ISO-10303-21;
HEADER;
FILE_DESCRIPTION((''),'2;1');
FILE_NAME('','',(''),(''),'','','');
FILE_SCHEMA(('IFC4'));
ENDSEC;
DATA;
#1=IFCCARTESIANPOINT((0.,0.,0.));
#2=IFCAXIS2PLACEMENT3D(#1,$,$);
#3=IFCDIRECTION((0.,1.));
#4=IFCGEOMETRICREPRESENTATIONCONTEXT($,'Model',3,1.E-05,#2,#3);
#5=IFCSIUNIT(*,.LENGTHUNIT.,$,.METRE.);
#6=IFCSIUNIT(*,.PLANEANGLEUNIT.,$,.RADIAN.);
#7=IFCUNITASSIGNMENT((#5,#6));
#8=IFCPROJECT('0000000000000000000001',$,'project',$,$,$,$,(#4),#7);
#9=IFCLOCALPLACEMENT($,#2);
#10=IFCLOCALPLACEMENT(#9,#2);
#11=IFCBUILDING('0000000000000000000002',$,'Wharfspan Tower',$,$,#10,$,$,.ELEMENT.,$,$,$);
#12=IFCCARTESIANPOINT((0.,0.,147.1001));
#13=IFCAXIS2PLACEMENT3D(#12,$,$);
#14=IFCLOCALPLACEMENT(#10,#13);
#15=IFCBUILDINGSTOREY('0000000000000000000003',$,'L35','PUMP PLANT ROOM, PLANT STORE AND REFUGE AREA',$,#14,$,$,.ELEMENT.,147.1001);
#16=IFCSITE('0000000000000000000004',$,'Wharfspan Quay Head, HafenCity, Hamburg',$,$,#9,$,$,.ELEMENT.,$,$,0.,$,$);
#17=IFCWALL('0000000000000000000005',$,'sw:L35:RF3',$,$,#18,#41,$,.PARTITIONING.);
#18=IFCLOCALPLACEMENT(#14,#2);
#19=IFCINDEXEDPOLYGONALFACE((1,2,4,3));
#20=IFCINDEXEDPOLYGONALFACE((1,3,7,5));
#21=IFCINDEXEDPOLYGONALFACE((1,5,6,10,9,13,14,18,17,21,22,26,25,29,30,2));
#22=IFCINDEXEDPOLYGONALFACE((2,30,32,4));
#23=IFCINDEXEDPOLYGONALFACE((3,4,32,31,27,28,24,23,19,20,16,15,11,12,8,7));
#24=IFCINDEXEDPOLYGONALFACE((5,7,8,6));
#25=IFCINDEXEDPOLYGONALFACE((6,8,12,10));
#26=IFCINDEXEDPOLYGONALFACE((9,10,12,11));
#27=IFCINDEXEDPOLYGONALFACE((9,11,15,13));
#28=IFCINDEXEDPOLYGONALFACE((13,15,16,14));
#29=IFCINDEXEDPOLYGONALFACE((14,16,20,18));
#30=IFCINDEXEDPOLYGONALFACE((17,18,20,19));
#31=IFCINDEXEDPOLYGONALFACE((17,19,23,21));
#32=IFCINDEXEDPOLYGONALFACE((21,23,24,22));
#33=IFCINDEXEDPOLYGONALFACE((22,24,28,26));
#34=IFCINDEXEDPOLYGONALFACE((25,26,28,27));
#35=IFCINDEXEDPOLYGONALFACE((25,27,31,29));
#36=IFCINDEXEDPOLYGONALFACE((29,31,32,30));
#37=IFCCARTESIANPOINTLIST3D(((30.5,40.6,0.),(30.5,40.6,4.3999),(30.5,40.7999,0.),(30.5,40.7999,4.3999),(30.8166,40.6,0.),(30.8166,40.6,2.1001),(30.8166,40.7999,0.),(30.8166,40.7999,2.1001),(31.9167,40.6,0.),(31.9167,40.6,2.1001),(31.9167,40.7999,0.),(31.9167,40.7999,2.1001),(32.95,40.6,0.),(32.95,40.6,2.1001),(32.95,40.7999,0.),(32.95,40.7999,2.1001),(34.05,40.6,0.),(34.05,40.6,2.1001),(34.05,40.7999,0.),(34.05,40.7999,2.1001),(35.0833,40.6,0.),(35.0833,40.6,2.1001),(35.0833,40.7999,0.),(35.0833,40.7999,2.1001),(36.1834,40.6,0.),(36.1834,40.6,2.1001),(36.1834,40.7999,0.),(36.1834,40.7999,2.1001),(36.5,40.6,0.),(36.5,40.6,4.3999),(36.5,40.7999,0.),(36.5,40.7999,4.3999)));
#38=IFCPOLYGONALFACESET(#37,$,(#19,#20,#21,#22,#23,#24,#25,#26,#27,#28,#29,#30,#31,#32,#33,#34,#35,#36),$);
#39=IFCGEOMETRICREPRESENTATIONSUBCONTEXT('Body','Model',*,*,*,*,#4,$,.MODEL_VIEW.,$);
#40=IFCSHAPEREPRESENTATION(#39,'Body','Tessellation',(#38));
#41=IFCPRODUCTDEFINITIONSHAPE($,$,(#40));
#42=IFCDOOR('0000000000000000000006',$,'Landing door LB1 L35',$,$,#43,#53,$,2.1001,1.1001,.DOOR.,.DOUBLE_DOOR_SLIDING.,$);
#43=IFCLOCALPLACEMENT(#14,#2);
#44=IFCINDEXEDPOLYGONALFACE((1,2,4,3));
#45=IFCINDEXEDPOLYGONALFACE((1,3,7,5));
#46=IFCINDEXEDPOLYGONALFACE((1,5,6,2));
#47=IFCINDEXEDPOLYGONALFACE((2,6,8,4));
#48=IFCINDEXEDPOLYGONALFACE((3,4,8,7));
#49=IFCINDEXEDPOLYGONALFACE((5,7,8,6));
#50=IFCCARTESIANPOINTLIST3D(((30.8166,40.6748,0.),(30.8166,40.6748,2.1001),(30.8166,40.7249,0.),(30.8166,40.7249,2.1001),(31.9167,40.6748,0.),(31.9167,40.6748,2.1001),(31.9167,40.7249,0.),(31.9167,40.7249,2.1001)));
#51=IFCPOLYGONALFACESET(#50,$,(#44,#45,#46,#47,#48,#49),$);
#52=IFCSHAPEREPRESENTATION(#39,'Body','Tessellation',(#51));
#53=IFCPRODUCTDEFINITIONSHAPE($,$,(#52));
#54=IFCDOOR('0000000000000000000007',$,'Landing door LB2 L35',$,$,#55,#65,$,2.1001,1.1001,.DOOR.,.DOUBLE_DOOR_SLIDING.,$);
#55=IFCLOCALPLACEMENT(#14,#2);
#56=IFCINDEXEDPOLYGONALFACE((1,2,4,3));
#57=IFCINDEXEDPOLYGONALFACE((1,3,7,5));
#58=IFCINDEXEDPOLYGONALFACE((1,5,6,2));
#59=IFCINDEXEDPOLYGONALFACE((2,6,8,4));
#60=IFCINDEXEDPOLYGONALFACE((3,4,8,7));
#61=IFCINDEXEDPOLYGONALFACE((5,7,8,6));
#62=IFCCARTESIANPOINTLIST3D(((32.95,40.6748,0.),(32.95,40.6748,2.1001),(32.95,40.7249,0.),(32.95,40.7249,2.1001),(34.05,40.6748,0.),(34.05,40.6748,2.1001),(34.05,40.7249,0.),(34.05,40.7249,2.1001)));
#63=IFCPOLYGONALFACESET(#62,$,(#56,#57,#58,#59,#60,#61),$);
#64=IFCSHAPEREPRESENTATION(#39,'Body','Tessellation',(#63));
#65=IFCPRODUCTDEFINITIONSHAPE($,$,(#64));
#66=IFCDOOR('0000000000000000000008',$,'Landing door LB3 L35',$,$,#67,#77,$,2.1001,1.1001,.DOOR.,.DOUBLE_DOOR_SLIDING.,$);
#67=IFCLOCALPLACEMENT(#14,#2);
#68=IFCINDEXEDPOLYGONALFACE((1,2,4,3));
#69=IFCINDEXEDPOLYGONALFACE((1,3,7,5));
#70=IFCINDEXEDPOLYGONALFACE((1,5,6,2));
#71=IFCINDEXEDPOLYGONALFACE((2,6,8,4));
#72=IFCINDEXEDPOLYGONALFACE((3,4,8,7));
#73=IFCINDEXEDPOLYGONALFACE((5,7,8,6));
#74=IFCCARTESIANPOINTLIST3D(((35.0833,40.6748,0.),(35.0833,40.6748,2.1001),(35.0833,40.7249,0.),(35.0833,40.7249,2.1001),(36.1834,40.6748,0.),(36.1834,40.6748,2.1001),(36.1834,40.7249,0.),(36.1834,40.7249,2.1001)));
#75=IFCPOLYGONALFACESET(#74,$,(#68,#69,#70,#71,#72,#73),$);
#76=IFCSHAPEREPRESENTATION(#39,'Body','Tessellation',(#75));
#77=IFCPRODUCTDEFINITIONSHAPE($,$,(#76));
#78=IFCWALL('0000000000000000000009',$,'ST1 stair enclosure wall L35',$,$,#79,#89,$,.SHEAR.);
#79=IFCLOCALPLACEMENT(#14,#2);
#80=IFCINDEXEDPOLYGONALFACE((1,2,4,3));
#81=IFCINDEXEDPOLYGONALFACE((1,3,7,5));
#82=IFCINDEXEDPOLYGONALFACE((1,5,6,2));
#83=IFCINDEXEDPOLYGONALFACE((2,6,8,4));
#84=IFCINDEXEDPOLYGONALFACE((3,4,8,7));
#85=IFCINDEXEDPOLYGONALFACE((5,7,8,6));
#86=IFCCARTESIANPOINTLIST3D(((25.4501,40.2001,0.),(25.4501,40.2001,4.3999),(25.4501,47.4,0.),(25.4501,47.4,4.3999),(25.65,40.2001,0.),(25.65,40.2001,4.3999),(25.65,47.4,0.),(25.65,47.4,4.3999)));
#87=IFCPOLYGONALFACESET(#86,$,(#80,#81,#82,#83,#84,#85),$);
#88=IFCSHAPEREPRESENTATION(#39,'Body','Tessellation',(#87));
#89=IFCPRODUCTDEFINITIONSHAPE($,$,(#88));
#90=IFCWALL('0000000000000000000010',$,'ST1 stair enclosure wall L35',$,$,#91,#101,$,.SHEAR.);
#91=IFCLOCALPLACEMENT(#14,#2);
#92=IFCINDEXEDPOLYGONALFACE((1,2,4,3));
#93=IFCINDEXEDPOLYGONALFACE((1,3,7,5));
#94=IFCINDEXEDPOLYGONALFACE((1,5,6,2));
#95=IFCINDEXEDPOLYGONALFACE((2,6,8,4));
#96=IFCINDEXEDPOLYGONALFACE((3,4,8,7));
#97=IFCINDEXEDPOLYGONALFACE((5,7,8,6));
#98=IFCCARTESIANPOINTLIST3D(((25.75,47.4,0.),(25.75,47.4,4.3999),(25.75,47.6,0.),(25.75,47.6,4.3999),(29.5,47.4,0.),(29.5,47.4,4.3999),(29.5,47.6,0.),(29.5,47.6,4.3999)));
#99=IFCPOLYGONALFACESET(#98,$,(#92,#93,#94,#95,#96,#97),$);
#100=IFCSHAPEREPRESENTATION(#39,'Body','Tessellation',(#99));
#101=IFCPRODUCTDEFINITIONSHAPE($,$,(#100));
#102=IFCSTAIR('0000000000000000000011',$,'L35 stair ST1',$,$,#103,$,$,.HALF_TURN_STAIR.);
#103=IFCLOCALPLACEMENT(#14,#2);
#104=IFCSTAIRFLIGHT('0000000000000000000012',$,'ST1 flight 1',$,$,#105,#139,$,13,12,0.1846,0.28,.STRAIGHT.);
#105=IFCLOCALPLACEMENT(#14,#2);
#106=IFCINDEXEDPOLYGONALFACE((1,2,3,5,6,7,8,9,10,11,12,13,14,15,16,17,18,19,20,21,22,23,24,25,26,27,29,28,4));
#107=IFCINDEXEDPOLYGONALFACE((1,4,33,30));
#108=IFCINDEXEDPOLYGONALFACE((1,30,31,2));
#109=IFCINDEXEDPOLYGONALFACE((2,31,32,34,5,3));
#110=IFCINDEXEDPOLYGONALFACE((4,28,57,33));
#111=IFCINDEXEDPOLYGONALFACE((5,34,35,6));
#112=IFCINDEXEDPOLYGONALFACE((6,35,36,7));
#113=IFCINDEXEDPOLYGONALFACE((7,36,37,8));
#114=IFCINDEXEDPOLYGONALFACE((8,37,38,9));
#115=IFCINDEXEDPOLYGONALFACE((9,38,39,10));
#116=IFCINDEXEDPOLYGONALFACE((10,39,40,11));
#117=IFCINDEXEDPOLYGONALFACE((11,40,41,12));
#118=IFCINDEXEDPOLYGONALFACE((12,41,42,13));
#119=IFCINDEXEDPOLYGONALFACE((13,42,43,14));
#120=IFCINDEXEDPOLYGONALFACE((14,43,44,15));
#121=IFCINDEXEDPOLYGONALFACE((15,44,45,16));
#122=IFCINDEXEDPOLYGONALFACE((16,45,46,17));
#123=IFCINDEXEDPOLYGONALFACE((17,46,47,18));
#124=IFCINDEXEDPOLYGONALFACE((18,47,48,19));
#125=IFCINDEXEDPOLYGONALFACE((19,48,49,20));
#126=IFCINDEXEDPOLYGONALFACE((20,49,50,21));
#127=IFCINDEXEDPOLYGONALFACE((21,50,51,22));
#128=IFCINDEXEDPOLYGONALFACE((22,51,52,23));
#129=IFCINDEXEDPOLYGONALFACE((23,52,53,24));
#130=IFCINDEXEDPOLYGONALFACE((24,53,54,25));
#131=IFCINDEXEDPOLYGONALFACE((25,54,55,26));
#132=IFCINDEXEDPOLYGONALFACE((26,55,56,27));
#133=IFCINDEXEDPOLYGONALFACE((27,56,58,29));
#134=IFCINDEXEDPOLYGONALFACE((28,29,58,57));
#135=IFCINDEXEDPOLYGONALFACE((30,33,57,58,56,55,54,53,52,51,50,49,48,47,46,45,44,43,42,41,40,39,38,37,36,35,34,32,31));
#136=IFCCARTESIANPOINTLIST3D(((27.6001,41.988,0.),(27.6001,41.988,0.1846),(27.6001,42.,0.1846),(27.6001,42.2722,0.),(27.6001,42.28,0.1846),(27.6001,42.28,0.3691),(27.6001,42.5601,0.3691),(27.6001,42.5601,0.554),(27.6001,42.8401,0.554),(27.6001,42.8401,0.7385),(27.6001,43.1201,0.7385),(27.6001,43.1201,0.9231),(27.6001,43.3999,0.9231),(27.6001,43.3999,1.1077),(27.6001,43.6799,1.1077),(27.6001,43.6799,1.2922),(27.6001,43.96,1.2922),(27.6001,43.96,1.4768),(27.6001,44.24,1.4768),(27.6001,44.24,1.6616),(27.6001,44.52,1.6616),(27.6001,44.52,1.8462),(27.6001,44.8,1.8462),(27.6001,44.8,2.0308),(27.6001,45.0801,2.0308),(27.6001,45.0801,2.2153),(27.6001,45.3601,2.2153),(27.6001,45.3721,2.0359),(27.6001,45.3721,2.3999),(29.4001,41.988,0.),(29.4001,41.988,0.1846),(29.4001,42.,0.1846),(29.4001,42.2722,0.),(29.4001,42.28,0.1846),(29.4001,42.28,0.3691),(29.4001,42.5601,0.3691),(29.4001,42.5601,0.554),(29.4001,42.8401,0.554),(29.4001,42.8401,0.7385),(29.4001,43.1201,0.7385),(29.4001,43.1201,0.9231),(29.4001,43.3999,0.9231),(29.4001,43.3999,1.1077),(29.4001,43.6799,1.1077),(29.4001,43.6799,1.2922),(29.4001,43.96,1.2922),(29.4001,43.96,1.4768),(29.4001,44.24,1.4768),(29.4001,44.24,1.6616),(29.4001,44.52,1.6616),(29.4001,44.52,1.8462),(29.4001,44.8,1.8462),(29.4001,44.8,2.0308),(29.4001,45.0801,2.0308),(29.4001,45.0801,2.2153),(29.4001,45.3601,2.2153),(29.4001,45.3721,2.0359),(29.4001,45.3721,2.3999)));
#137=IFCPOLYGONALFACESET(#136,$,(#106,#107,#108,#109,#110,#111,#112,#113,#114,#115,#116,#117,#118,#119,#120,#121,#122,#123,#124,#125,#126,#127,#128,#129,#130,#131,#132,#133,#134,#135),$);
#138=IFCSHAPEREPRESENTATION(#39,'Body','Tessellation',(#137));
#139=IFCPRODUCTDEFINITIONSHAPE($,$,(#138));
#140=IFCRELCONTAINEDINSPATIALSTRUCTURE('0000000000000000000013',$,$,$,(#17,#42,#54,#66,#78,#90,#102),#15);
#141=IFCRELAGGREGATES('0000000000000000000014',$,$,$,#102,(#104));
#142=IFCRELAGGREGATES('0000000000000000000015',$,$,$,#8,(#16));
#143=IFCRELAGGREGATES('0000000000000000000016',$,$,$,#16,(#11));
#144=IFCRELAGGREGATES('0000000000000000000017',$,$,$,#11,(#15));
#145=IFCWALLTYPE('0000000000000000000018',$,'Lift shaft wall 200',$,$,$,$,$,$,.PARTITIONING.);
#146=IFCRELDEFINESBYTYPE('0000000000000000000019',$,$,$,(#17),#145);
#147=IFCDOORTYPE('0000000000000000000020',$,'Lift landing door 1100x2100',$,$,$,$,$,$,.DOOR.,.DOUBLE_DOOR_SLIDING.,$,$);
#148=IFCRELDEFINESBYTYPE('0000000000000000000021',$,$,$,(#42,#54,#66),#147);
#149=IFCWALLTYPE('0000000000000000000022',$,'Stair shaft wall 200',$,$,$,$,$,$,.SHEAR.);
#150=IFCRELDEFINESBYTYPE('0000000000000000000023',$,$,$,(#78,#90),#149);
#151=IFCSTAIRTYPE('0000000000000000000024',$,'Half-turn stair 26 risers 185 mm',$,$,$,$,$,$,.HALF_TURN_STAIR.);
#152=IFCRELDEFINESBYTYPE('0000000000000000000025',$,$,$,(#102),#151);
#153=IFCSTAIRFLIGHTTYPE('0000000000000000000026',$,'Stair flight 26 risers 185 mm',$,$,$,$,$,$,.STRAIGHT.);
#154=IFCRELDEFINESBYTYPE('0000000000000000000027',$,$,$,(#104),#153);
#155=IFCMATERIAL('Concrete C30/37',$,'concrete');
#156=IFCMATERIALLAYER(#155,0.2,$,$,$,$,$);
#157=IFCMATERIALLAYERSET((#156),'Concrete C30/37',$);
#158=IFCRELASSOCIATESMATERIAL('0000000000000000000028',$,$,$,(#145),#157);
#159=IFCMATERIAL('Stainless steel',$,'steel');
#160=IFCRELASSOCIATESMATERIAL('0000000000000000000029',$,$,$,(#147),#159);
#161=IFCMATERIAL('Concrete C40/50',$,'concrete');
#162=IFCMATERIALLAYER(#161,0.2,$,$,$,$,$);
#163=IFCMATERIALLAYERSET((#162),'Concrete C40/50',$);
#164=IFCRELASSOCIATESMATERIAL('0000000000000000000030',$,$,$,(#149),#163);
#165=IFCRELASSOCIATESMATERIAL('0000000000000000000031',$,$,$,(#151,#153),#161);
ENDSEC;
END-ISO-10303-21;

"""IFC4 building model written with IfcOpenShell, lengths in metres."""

from ifc_helpers import new_model, si_unit, direction, frame, frame_2d, origin, place, context, subcontext, project, spatial, polyline, rectangle, outline, extrude, material, layer, layer_set, type_object, element, fill, aggregate, save


model = new_model("IFC4")

# Units and contexts
model_context = context("Model", 3, precision=1e-05, world=origin(), true_north=direction((0.0, 1.0)))
body_context = subcontext(model_context, "Body", "Model", "MODEL_VIEW")
ifc_project = project(units=[si_unit("LENGTHUNIT", "METRE"), si_unit("PLANEANGLEUNIT", "RADIAN")], contexts=[model_context])

# Site, building, storey
site_placement = place(None, origin())
site = spatial("IfcSite", under=ifc_project, at=site_placement, Name="Wharfspan Quay Head, HafenCity, Hamburg", CompositionType="ELEMENT", RefElevation=0.0)
building_placement = place(site_placement, origin())
building = spatial("IfcBuilding", under=site, at=building_placement, Name="Wharfspan Tower", CompositionType="ELEMENT")
storey_placement = place(building_placement, frame((0.0, 0.0, 147.1001)))
storey = spatial("IfcBuildingStorey", under=building, at=storey_placement, Name="L35", Description="PUMP PLANT ROOM, PLANT STORE AND REFUGE AREA", CompositionType="ELEMENT", Elevation=147.1001)

# Wall, openings, doors
ifc_material_1 = material(Name="Concrete C30/37", Category="concrete")
ifc_layer_1 = layer(ifc_material_1, 0.2)
ifc_layer_set_1 = layer_set([ifc_layer_1], Name="Concrete C30/37")
wall_type_1 = type_object("IfcWallType", Name="Lift shaft wall 200", PredefinedType="PARTITIONING", material=ifc_layer_set_1)
wall_1_placement = place(storey_placement, frame((30.5, 40.7, 0.0), z_axis=(0.0, 0.0, 1.0), x_axis=(1.0, 0.0, 0.0)))
wall_1 = element("IfcWall", 1, at=wall_1_placement, inside=storey, type_object=wall_type_1, Name="sw:L35:RF3", PredefinedType="PARTITIONING", context=body_context, shape_type="SweptSolid", body=[
    extrude(rectangle(XDim=6.0, YDim=0.2, at=frame_2d((3.0, 0.0))), origin(), (0.0, 0.0, 1.0), 4.3999),
])
opening_1_placement = place(wall_1_placement, frame((0.3166, 0.0, 0.0)))
opening_1 = element("IfcOpeningElement", 2, at=opening_1_placement, cuts=wall_1, PredefinedType="OPENING", context=body_context, shape_type="SweptSolid", body=[
    extrude(rectangle(XDim=1.1001, YDim=2.1001, at=frame_2d((0.55, 1.05))), frame((0.0, 0.1099, 0.0), z_axis=(0.0, -1.0, 0.0), x_axis=(1.0, 0.0, 0.0)), (0.0, 0.0, 1.0), 0.22),
])
opening_2_placement = place(wall_1_placement, frame((2.45, 0.0, 0.0)))
opening_2 = element("IfcOpeningElement", 3, at=opening_2_placement, cuts=wall_1, PredefinedType="OPENING", context=body_context, shape_type="SweptSolid", body=[
    extrude(rectangle(XDim=1.1001, YDim=2.1001, at=frame_2d((0.55, 1.05))), frame((0.0, 0.1099, 0.0), z_axis=(0.0, -1.0, 0.0), x_axis=(1.0, 0.0, 0.0)), (0.0, 0.0, 1.0), 0.22),
])
opening_3_placement = place(wall_1_placement, frame((4.5833, 0.0, 0.0)))
opening_3 = element("IfcOpeningElement", 4, at=opening_3_placement, cuts=wall_1, PredefinedType="OPENING", context=body_context, shape_type="SweptSolid", body=[
    extrude(rectangle(XDim=1.1001, YDim=2.1001, at=frame_2d((0.55, 1.05))), frame((0.0, 0.1099, 0.0), z_axis=(0.0, -1.0, 0.0), x_axis=(1.0, 0.0, 0.0)), (0.0, 0.0, 1.0), 0.22),
])
ifc_material_2 = material(Name="Stainless steel", Category="steel")
door_type_1 = type_object("IfcDoorType", Name="Lift landing door 1100x2100", OperationType="DOUBLE_DOOR_SLIDING", PredefinedType="DOOR", material=ifc_material_2)
door_1_placement = place(opening_1_placement, origin())
door_1 = element("IfcDoor", 5, at=door_1_placement, inside=storey, type_object=door_type_1, Name="Landing door LB1 L35", OperationType="DOUBLE_DOOR_SLIDING", OverallHeight=2.1001, OverallWidth=1.1001, PredefinedType="DOOR", context=body_context, shape_type="SweptSolid", body=[
    extrude(rectangle(XDim=1.1001, YDim=2.1001, at=frame_2d((0.55, 1.05))), frame((0.0, 0.0249, 0.0), z_axis=(0.0, -1.0, 0.0), x_axis=(1.0, 0.0, 0.0)), (0.0, 0.0, 1.0), 0.05),
])
fill(opening_1, door_1)
door_2_placement = place(opening_2_placement, origin())
door_2 = element("IfcDoor", 6, at=door_2_placement, inside=storey, type_object=door_type_1, Name="Landing door LB2 L35", OperationType="DOUBLE_DOOR_SLIDING", OverallHeight=2.1001, OverallWidth=1.1001, PredefinedType="DOOR", context=body_context, shape_type="SweptSolid", body=[
    extrude(rectangle(XDim=1.1001, YDim=2.1001, at=frame_2d((0.55, 1.05))), frame((0.0, 0.0249, 0.0), z_axis=(0.0, -1.0, 0.0), x_axis=(1.0, 0.0, 0.0)), (0.0, 0.0, 1.0), 0.05),
])
fill(opening_2, door_2)
door_3_placement = place(opening_3_placement, origin())
door_3 = element("IfcDoor", 7, at=door_3_placement, inside=storey, type_object=door_type_1, Name="Landing door LB3 L35", OperationType="DOUBLE_DOOR_SLIDING", OverallHeight=2.1001, OverallWidth=1.1001, PredefinedType="DOOR", context=body_context, shape_type="SweptSolid", body=[
    extrude(rectangle(XDim=1.1001, YDim=2.1001, at=frame_2d((0.55, 1.05))), frame((0.0, 0.0249, 0.0), z_axis=(0.0, -1.0, 0.0), x_axis=(1.0, 0.0, 0.0)), (0.0, 0.0, 1.0), 0.05),
])
fill(opening_3, door_3)

# Walls
ifc_material_3 = material(Name="Concrete C40/50", Category="concrete")
ifc_layer_2 = layer(ifc_material_3, 0.2)
ifc_layer_set_2 = layer_set([ifc_layer_2], Name="Concrete C40/50")
wall_type_2 = type_object("IfcWallType", Name="Stair shaft wall 200", PredefinedType="SHEAR", material=ifc_layer_set_2)
wall_2_placement = place(storey_placement, frame((25.55, 40.2, 0.0), z_axis=(0.0, 0.0, 1.0), x_axis=(0.0, 1.0, 0.0)))
element("IfcWall", 8, at=wall_2_placement, inside=storey, type_object=wall_type_2, Name="ST1 stair enclosure wall L35", PredefinedType="SHEAR", context=body_context, shape_type="SweptSolid", body=[
    extrude(rectangle(XDim=7.2, YDim=0.2, at=frame_2d((3.6001, 0.0))), origin(), (0.0, 0.0, 1.0), 4.3999),
])
wall_3_placement = place(storey_placement, frame((25.75, 47.5, 0.0), z_axis=(0.0, 0.0, 1.0), x_axis=(1.0, 0.0, 0.0)))
element("IfcWall", 9, at=wall_3_placement, inside=storey, type_object=wall_type_2, Name="ST1 stair enclosure wall L35", PredefinedType="SHEAR", context=body_context, shape_type="SweptSolid", body=[
    extrude(rectangle(XDim=3.75, YDim=0.2, at=frame_2d((1.875, 0.0))), origin(), (0.0, 0.0, 1.0), 4.3999),
])

# Stair, stair flight
stair_type = type_object("IfcStairType", Name="Half-turn stair 26 risers 185 mm", PredefinedType="HALF_TURN_STAIR", material=ifc_material_3)
stair_placement = place(storey_placement, origin())
stair = element("IfcStair", 10, at=stair_placement, inside=storey, type_object=stair_type, Name="L35 stair ST1", PredefinedType="HALF_TURN_STAIR")
stair_flight_type = type_object("IfcStairFlightType", Name="Stair flight 26 risers 185 mm", PredefinedType="STRAIGHT", material=ifc_material_3)
stair_flight_1_placement = place(storey_placement, frame((28.5, 42.0, 0.0), z_axis=(0.0, 0.0, 1.0), x_axis=(0.0, 1.0, 0.0)))
stair_flight_1 = element("IfcStairFlight", 11, at=stair_flight_1_placement, type_object=stair_flight_type, Name="ST1 flight 1", NumberOfRisers=13, NumberOfTreads=12, PredefinedType="STRAIGHT", RiserHeight=0.1846, TreadLength=0.28, context=body_context, shape_type="SweptSolid", body=[
    extrude(outline(polyline([(-0.012, 0.0), (-0.012, 0.1846), (0.0, 0.1846), (0.28, 0.1846), (0.28, 0.3691), (0.5601, 0.3691), (0.5601, 0.554), (0.8401, 0.554), (0.8401, 0.7385), (1.1201, 0.7385), (1.1201, 0.9231), (1.3999, 0.9231), (1.3999, 1.1077), (1.6799, 1.1077), (1.6799, 1.2922), (1.96, 1.2922), (1.96, 1.4768), (2.24, 1.4768), (2.24, 1.6616), (2.52, 1.6616), (2.52, 1.8462), (2.8, 1.8462), (2.8, 2.0308), (3.0801, 2.0308), (3.0801, 2.2153), (3.3601, 2.2153), (3.3721, 2.3999), (3.3721, 2.0359), (0.2722, 0.0), (-0.012, 0.0)])), frame((0.0, 0.8999, 0.0), z_axis=(0.0, -1.0, 0.0), x_axis=(1.0, 0.0, 0.0)), (0.0, 0.0, 1.0), 1.8),
])
aggregate(stair, [stair_flight_1])

save(model, "model.ifc")
